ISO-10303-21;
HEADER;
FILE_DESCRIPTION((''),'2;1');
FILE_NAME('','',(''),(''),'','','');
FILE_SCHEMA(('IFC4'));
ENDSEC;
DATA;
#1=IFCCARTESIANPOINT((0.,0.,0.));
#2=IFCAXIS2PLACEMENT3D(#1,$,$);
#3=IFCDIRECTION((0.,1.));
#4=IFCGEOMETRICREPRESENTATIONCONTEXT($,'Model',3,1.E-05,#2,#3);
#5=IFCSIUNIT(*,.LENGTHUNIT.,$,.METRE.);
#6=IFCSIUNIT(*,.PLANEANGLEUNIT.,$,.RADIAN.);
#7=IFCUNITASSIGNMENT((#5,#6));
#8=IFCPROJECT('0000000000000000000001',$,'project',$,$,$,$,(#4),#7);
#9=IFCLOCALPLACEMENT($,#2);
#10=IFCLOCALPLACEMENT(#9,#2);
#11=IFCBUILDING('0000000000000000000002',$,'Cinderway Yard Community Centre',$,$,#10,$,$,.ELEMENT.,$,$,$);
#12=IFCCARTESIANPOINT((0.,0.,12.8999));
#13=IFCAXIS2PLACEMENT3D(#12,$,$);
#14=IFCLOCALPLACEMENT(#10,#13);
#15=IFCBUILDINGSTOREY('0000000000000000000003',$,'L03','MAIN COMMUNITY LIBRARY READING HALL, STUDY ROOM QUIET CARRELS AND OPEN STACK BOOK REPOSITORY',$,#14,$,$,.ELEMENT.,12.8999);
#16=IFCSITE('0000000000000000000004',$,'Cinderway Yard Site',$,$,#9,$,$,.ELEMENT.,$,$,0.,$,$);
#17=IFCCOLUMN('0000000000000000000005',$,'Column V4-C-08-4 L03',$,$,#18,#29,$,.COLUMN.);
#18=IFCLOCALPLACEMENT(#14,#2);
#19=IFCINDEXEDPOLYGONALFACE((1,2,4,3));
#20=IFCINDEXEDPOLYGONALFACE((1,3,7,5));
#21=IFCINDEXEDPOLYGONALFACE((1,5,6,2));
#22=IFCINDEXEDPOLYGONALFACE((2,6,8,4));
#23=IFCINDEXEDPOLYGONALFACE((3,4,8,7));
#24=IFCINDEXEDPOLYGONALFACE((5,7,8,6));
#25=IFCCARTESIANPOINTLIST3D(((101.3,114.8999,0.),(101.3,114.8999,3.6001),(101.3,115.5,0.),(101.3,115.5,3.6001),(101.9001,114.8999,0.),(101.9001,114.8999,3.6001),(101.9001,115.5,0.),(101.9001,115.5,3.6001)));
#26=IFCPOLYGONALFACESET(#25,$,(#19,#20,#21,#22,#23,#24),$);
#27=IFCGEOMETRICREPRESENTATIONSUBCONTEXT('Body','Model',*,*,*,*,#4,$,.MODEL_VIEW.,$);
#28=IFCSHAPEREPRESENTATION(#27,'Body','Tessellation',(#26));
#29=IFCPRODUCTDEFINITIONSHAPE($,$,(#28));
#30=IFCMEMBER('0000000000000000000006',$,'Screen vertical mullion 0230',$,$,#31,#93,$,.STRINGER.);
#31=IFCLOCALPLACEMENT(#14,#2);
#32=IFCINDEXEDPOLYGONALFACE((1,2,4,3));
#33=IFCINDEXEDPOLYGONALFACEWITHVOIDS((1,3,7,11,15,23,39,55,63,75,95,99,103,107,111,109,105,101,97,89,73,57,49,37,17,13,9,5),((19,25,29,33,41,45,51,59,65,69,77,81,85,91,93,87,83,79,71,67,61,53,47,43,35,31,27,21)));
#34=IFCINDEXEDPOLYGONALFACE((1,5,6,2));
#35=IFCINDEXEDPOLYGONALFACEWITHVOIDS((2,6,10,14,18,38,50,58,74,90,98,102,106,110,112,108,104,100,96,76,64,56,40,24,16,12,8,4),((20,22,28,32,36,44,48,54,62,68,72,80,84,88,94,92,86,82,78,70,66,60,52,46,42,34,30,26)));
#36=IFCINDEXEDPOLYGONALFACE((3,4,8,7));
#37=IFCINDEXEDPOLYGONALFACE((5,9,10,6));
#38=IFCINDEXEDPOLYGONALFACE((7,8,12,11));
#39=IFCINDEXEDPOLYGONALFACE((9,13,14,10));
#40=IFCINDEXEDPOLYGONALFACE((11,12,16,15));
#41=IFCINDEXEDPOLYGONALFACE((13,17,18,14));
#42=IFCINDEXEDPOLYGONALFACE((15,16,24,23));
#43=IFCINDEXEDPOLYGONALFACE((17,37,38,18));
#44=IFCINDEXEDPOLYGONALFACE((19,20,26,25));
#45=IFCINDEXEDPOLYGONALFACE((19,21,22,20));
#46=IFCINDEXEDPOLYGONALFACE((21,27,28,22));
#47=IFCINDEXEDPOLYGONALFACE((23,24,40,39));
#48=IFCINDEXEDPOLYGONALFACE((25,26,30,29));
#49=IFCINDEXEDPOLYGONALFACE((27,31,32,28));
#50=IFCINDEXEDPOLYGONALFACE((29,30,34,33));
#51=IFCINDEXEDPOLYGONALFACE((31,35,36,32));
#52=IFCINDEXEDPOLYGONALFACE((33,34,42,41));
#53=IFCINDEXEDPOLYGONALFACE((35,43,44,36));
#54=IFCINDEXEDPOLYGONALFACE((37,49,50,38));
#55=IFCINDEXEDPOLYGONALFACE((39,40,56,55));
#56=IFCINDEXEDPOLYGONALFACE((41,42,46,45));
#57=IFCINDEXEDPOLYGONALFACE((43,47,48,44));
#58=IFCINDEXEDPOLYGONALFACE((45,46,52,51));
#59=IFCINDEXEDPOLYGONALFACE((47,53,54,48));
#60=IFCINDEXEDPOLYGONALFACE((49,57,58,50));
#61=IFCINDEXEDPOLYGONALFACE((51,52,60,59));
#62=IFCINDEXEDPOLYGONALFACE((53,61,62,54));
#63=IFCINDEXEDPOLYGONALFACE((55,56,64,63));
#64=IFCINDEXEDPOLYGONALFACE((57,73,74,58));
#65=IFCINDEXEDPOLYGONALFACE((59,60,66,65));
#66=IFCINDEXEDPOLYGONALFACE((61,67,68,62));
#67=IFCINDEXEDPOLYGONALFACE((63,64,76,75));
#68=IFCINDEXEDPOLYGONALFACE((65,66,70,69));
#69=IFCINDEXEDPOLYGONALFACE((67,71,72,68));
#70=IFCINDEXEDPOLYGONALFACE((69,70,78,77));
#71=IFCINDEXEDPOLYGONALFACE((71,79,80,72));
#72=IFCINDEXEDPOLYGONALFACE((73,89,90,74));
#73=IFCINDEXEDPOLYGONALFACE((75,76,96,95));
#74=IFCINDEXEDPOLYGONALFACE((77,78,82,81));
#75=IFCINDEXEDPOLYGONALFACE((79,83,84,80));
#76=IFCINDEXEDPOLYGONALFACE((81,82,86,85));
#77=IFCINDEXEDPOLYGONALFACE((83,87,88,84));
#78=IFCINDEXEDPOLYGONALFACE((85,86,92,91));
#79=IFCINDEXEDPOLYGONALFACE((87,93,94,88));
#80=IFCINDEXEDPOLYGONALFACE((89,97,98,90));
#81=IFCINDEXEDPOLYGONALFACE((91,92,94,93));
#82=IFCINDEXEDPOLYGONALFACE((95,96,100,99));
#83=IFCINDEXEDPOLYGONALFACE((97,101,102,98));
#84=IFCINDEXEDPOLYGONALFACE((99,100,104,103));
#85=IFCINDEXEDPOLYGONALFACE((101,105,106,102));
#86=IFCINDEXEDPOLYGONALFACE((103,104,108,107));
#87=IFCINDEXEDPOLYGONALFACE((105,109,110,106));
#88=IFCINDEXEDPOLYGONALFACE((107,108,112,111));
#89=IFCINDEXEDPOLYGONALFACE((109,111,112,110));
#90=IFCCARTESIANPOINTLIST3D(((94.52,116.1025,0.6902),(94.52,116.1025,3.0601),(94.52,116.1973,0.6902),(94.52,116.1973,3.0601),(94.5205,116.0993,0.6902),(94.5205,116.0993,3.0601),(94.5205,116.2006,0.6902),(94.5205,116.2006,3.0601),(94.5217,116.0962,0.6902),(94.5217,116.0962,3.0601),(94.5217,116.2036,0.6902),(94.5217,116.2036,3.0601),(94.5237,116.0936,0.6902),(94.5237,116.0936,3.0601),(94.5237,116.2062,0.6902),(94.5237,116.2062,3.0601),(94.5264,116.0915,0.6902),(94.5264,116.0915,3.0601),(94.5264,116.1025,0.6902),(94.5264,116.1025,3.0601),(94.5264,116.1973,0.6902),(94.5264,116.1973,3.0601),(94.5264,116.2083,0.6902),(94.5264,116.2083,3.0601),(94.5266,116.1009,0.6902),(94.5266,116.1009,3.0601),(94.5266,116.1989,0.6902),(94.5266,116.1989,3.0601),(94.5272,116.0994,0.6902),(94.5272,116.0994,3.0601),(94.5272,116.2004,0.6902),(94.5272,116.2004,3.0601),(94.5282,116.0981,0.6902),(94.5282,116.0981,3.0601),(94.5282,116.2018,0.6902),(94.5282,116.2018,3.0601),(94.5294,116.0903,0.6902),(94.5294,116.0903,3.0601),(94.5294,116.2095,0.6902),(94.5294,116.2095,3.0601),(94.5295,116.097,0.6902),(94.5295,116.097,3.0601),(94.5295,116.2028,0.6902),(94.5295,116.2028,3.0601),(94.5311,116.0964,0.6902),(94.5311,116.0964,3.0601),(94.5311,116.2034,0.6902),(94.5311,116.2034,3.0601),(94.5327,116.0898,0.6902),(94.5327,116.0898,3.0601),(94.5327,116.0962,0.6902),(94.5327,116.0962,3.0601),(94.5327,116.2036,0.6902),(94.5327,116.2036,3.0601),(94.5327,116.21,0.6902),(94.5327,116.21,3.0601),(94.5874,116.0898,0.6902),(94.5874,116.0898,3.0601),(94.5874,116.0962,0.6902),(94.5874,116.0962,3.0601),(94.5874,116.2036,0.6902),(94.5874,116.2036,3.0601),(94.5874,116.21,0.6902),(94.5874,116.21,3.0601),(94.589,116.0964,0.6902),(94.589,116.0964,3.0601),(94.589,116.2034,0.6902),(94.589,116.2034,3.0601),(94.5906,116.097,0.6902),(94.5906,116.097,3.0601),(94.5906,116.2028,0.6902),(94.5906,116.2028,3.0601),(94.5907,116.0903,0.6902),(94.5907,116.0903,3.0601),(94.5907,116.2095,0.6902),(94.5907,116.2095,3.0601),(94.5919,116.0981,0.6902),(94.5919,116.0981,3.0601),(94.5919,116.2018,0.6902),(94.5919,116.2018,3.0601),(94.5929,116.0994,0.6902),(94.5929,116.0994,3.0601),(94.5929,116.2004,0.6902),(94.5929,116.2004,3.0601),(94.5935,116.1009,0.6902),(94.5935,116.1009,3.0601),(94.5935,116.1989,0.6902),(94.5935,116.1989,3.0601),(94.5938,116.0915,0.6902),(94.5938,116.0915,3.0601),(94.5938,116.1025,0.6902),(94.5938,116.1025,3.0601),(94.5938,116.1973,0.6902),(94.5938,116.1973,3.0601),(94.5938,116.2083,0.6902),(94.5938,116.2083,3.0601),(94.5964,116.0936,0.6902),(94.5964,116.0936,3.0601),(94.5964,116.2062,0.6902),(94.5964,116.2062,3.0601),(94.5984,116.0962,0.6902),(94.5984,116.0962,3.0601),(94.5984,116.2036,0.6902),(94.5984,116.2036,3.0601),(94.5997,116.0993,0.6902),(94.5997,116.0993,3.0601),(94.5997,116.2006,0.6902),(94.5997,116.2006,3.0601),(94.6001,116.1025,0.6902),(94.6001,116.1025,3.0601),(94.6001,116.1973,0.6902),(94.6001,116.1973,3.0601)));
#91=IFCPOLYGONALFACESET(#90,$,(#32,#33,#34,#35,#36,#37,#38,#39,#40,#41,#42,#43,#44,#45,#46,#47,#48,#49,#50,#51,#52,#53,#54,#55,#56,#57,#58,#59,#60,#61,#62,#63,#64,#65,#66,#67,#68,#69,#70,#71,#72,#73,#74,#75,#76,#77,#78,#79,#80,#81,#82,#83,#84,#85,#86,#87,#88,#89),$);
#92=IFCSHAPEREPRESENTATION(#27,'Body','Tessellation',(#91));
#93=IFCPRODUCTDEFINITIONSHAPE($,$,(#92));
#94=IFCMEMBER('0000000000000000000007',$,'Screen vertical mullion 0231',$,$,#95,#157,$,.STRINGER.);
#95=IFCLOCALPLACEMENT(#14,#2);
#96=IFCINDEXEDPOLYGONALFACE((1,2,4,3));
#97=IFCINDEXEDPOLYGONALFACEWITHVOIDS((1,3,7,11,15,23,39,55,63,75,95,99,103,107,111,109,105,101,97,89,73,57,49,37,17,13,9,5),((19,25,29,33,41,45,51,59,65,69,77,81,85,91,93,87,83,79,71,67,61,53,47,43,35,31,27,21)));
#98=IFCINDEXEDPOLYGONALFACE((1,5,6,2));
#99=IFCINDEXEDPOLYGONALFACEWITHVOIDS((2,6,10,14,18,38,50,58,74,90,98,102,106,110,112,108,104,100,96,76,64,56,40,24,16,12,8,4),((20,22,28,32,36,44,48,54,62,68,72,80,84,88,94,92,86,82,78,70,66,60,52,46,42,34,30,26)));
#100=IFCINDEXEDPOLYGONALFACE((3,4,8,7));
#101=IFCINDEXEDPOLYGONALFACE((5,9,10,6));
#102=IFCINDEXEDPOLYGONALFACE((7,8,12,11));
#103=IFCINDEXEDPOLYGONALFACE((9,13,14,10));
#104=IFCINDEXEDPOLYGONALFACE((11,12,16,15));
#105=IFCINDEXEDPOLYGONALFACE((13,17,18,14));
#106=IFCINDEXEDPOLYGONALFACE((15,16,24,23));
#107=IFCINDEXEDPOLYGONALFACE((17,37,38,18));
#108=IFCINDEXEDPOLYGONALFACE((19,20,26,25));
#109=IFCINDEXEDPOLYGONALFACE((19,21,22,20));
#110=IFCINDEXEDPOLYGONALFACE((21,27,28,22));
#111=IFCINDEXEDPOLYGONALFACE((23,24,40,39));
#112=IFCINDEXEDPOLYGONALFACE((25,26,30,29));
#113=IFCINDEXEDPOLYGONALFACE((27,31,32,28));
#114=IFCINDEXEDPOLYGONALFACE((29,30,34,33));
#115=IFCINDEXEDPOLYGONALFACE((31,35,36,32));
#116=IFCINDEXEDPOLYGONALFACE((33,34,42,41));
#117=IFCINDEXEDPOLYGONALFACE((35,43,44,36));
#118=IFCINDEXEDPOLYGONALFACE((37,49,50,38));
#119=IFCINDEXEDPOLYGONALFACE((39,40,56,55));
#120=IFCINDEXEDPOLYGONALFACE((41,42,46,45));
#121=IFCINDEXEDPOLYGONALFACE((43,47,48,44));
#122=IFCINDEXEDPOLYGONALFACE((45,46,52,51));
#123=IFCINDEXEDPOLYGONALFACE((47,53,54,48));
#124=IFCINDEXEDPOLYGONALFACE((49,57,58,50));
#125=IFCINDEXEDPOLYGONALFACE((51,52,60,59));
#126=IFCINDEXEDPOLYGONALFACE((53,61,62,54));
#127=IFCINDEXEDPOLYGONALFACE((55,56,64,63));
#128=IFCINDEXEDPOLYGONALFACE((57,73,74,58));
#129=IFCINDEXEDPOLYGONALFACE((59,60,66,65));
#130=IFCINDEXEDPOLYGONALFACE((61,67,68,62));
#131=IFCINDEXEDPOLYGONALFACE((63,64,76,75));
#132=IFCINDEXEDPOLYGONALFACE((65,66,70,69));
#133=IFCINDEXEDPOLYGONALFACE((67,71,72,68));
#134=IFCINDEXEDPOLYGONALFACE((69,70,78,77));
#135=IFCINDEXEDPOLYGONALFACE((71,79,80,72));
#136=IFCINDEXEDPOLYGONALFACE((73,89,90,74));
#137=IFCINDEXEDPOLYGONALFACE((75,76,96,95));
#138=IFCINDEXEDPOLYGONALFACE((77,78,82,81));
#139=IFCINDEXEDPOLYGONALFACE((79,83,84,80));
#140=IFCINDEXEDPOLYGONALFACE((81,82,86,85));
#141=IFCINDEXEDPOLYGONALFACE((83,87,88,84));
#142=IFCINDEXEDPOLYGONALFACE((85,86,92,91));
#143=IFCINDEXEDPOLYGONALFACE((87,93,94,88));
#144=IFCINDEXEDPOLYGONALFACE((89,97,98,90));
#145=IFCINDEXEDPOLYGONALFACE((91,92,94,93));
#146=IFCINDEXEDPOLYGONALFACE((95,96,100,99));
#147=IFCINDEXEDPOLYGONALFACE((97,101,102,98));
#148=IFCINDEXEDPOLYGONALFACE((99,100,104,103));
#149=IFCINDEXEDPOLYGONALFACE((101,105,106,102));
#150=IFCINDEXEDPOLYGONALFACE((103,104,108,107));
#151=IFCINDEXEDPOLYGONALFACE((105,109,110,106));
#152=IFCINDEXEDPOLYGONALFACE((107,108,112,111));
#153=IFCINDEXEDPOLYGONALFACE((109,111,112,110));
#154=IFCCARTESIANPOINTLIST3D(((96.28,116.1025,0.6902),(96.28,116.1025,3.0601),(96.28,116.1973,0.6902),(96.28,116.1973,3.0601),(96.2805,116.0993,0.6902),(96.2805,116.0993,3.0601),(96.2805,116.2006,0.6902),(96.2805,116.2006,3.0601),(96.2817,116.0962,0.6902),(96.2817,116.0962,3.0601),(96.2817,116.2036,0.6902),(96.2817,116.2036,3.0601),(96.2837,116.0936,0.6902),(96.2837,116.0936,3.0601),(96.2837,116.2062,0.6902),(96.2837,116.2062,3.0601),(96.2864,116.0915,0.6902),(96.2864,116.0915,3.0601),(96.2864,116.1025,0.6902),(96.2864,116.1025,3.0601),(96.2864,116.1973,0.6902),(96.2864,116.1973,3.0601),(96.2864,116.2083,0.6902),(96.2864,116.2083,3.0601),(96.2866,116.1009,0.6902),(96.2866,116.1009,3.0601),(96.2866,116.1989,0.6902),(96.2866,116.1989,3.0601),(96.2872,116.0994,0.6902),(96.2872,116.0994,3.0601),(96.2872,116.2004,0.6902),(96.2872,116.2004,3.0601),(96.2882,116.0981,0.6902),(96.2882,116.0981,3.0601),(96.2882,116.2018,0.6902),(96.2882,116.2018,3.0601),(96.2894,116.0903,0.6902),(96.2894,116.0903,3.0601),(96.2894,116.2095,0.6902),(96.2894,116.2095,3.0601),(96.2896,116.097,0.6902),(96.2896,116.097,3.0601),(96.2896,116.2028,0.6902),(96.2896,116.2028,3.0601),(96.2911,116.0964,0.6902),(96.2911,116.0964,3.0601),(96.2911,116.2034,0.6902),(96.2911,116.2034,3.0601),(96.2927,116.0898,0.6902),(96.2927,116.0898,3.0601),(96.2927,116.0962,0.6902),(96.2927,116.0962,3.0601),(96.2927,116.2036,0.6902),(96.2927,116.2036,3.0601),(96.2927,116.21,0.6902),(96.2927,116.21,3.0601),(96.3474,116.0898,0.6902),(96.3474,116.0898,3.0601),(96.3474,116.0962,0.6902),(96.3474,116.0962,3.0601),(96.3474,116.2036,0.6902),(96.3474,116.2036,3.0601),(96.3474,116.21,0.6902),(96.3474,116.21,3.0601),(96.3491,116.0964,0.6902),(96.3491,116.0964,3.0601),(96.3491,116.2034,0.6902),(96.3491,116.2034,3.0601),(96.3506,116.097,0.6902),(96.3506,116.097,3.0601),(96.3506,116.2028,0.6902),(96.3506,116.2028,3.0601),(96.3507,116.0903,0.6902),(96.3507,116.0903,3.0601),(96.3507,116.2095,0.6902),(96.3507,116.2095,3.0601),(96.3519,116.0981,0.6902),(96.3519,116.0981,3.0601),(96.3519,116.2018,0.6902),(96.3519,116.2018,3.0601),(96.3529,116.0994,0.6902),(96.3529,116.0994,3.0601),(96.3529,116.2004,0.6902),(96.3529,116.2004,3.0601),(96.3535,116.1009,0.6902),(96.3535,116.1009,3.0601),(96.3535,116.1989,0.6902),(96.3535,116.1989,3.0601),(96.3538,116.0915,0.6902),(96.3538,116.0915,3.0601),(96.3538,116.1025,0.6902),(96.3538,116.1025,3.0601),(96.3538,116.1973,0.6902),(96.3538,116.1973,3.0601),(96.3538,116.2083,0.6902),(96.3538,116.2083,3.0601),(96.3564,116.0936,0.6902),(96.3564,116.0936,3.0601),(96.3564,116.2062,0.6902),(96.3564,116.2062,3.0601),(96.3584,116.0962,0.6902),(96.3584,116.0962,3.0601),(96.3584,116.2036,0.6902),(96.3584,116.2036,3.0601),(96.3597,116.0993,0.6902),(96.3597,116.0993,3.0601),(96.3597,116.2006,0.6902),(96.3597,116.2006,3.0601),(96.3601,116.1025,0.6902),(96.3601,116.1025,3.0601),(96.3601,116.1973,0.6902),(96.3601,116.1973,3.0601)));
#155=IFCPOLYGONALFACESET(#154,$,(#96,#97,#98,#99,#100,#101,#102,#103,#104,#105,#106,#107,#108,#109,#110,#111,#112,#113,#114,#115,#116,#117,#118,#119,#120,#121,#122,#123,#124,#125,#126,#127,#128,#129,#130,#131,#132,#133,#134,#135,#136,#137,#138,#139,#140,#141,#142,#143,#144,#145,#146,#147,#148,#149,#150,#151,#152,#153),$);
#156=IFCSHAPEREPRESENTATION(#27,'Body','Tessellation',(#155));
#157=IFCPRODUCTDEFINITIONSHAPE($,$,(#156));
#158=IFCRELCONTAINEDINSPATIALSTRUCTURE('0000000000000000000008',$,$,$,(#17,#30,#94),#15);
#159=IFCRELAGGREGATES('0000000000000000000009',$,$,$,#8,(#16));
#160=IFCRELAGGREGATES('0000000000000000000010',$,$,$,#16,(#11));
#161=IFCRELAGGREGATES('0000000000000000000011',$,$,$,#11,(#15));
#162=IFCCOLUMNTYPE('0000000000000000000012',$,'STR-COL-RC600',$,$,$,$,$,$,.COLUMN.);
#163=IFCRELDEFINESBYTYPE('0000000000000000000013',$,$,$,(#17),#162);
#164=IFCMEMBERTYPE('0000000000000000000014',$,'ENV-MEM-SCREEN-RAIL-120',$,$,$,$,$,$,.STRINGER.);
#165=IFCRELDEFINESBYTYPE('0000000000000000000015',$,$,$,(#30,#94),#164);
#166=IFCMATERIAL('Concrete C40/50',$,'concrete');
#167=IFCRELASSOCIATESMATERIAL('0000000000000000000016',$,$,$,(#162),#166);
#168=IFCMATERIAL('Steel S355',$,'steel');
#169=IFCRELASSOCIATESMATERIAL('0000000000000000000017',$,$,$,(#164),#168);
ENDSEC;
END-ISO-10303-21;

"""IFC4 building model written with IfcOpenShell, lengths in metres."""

from ifc_helpers import new_model, si_unit, direction, frame, origin, origin_2d, place, context, subcontext, project, spatial, rectangle, hollow_rectangle, extrude, material, material_profile, profile_set, type_object, element, save


model = new_model("IFC4")

# Units and contexts
model_context = context("Model", 3, precision=1e-05, world=origin(), true_north=direction((0.0, 1.0)))
body_context = subcontext(model_context, "Body", "Model", "MODEL_VIEW")
ifc_project = project(units=[si_unit("LENGTHUNIT", "METRE"), si_unit("PLANEANGLEUNIT", "RADIAN")], contexts=[model_context])

# Site, building, storey
site_placement = place(None, origin())
site = spatial("IfcSite", under=ifc_project, at=site_placement, Name="Cinderway Yard Site", CompositionType="ELEMENT", RefElevation=0.0)
building_placement = place(site_placement, origin())
building = spatial("IfcBuilding", under=site, at=building_placement, Name="Cinderway Yard Community Centre", CompositionType="ELEMENT")
storey_placement = place(building_placement, frame((0.0, 0.0, 12.8999)))
storey = spatial("IfcBuildingStorey", under=building, at=storey_placement, Name="L03", Description="MAIN COMMUNITY LIBRARY READING HALL, STUDY ROOM QUIET CARRELS AND OPEN STACK BOOK REPOSITORY", CompositionType="ELEMENT", Elevation=12.8999)

# Column
ifc_material_1 = material(Name="Concrete C40/50", Category="concrete")
ifc_material_profile_1 = material_profile(ifc_material_1, rectangle(XDim=0.6001, YDim=0.6001, at=origin_2d()), Name="Concrete C40/50")
ifc_profile_set_1 = profile_set([ifc_material_profile_1], Name="Concrete C40/50")
column_type = type_object("IfcColumnType", Name="STR-COL-RC600", PredefinedType="COLUMN", material=ifc_profile_set_1)
column_placement = place(storey_placement, frame((101.6001, 115.2, 0.0), z_axis=(0.0, 0.0, 1.0), x_axis=(1.0, 0.0, 0.0)))
element("IfcColumn", 1, at=column_placement, inside=storey, type_object=column_type, Name="Column V4-C-08-4 L03", PredefinedType="COLUMN", context=body_context, shape_type="SweptSolid", body=[
    extrude(rectangle(XDim=0.6001, YDim=0.6001, at=origin_2d()), origin(), (0.0, 0.0, 1.0), 3.6001),
])

# Members
ifc_material_2 = material(Name="Steel S355", Category="steel")
ifc_material_profile_2 = material_profile(ifc_material_2, hollow_rectangle(XDim=0.0801, YDim=0.1201, WallThickness=0.0063, InnerFilletRadius=0.0063, OuterFilletRadius=0.0127, at=origin_2d()), Name="Steel S355")
ifc_profile_set_2 = profile_set([ifc_material_profile_2], Name="Steel S355")
member_type_1 = type_object("IfcMemberType", Name="ENV-MEM-SCREEN-RAIL-120", PredefinedType="STRINGER", material=ifc_profile_set_2)
for number, where, z_axis, x_axis, name in (
    (2, (94.5601, 116.1499, 0.6902), (0.0, 0.0, 1.0), (1.0, 0.0, 0.0), "Screen vertical mullion 0230"),
    (3, (96.3201, 116.1499, 0.6902), (0.0, 0.0, 1.0), (1.0, 0.0, 0.0), "Screen vertical mullion 0231"),
):
    element("IfcMember", number, at=place(storey_placement, frame(where, z_axis=z_axis, x_axis=x_axis)), inside=storey, type_object=member_type_1, Name=name, PredefinedType="STRINGER", context=body_context, shape_type="SweptSolid", body=[
        extrude(hollow_rectangle(XDim=0.0801, YDim=0.1201, WallThickness=0.0063, InnerFilletRadius=0.0063, OuterFilletRadius=0.0127, at=origin_2d()), origin(), (0.0, 0.0, 1.0), 2.3699),
    ])

save(model, "model.ifc")
